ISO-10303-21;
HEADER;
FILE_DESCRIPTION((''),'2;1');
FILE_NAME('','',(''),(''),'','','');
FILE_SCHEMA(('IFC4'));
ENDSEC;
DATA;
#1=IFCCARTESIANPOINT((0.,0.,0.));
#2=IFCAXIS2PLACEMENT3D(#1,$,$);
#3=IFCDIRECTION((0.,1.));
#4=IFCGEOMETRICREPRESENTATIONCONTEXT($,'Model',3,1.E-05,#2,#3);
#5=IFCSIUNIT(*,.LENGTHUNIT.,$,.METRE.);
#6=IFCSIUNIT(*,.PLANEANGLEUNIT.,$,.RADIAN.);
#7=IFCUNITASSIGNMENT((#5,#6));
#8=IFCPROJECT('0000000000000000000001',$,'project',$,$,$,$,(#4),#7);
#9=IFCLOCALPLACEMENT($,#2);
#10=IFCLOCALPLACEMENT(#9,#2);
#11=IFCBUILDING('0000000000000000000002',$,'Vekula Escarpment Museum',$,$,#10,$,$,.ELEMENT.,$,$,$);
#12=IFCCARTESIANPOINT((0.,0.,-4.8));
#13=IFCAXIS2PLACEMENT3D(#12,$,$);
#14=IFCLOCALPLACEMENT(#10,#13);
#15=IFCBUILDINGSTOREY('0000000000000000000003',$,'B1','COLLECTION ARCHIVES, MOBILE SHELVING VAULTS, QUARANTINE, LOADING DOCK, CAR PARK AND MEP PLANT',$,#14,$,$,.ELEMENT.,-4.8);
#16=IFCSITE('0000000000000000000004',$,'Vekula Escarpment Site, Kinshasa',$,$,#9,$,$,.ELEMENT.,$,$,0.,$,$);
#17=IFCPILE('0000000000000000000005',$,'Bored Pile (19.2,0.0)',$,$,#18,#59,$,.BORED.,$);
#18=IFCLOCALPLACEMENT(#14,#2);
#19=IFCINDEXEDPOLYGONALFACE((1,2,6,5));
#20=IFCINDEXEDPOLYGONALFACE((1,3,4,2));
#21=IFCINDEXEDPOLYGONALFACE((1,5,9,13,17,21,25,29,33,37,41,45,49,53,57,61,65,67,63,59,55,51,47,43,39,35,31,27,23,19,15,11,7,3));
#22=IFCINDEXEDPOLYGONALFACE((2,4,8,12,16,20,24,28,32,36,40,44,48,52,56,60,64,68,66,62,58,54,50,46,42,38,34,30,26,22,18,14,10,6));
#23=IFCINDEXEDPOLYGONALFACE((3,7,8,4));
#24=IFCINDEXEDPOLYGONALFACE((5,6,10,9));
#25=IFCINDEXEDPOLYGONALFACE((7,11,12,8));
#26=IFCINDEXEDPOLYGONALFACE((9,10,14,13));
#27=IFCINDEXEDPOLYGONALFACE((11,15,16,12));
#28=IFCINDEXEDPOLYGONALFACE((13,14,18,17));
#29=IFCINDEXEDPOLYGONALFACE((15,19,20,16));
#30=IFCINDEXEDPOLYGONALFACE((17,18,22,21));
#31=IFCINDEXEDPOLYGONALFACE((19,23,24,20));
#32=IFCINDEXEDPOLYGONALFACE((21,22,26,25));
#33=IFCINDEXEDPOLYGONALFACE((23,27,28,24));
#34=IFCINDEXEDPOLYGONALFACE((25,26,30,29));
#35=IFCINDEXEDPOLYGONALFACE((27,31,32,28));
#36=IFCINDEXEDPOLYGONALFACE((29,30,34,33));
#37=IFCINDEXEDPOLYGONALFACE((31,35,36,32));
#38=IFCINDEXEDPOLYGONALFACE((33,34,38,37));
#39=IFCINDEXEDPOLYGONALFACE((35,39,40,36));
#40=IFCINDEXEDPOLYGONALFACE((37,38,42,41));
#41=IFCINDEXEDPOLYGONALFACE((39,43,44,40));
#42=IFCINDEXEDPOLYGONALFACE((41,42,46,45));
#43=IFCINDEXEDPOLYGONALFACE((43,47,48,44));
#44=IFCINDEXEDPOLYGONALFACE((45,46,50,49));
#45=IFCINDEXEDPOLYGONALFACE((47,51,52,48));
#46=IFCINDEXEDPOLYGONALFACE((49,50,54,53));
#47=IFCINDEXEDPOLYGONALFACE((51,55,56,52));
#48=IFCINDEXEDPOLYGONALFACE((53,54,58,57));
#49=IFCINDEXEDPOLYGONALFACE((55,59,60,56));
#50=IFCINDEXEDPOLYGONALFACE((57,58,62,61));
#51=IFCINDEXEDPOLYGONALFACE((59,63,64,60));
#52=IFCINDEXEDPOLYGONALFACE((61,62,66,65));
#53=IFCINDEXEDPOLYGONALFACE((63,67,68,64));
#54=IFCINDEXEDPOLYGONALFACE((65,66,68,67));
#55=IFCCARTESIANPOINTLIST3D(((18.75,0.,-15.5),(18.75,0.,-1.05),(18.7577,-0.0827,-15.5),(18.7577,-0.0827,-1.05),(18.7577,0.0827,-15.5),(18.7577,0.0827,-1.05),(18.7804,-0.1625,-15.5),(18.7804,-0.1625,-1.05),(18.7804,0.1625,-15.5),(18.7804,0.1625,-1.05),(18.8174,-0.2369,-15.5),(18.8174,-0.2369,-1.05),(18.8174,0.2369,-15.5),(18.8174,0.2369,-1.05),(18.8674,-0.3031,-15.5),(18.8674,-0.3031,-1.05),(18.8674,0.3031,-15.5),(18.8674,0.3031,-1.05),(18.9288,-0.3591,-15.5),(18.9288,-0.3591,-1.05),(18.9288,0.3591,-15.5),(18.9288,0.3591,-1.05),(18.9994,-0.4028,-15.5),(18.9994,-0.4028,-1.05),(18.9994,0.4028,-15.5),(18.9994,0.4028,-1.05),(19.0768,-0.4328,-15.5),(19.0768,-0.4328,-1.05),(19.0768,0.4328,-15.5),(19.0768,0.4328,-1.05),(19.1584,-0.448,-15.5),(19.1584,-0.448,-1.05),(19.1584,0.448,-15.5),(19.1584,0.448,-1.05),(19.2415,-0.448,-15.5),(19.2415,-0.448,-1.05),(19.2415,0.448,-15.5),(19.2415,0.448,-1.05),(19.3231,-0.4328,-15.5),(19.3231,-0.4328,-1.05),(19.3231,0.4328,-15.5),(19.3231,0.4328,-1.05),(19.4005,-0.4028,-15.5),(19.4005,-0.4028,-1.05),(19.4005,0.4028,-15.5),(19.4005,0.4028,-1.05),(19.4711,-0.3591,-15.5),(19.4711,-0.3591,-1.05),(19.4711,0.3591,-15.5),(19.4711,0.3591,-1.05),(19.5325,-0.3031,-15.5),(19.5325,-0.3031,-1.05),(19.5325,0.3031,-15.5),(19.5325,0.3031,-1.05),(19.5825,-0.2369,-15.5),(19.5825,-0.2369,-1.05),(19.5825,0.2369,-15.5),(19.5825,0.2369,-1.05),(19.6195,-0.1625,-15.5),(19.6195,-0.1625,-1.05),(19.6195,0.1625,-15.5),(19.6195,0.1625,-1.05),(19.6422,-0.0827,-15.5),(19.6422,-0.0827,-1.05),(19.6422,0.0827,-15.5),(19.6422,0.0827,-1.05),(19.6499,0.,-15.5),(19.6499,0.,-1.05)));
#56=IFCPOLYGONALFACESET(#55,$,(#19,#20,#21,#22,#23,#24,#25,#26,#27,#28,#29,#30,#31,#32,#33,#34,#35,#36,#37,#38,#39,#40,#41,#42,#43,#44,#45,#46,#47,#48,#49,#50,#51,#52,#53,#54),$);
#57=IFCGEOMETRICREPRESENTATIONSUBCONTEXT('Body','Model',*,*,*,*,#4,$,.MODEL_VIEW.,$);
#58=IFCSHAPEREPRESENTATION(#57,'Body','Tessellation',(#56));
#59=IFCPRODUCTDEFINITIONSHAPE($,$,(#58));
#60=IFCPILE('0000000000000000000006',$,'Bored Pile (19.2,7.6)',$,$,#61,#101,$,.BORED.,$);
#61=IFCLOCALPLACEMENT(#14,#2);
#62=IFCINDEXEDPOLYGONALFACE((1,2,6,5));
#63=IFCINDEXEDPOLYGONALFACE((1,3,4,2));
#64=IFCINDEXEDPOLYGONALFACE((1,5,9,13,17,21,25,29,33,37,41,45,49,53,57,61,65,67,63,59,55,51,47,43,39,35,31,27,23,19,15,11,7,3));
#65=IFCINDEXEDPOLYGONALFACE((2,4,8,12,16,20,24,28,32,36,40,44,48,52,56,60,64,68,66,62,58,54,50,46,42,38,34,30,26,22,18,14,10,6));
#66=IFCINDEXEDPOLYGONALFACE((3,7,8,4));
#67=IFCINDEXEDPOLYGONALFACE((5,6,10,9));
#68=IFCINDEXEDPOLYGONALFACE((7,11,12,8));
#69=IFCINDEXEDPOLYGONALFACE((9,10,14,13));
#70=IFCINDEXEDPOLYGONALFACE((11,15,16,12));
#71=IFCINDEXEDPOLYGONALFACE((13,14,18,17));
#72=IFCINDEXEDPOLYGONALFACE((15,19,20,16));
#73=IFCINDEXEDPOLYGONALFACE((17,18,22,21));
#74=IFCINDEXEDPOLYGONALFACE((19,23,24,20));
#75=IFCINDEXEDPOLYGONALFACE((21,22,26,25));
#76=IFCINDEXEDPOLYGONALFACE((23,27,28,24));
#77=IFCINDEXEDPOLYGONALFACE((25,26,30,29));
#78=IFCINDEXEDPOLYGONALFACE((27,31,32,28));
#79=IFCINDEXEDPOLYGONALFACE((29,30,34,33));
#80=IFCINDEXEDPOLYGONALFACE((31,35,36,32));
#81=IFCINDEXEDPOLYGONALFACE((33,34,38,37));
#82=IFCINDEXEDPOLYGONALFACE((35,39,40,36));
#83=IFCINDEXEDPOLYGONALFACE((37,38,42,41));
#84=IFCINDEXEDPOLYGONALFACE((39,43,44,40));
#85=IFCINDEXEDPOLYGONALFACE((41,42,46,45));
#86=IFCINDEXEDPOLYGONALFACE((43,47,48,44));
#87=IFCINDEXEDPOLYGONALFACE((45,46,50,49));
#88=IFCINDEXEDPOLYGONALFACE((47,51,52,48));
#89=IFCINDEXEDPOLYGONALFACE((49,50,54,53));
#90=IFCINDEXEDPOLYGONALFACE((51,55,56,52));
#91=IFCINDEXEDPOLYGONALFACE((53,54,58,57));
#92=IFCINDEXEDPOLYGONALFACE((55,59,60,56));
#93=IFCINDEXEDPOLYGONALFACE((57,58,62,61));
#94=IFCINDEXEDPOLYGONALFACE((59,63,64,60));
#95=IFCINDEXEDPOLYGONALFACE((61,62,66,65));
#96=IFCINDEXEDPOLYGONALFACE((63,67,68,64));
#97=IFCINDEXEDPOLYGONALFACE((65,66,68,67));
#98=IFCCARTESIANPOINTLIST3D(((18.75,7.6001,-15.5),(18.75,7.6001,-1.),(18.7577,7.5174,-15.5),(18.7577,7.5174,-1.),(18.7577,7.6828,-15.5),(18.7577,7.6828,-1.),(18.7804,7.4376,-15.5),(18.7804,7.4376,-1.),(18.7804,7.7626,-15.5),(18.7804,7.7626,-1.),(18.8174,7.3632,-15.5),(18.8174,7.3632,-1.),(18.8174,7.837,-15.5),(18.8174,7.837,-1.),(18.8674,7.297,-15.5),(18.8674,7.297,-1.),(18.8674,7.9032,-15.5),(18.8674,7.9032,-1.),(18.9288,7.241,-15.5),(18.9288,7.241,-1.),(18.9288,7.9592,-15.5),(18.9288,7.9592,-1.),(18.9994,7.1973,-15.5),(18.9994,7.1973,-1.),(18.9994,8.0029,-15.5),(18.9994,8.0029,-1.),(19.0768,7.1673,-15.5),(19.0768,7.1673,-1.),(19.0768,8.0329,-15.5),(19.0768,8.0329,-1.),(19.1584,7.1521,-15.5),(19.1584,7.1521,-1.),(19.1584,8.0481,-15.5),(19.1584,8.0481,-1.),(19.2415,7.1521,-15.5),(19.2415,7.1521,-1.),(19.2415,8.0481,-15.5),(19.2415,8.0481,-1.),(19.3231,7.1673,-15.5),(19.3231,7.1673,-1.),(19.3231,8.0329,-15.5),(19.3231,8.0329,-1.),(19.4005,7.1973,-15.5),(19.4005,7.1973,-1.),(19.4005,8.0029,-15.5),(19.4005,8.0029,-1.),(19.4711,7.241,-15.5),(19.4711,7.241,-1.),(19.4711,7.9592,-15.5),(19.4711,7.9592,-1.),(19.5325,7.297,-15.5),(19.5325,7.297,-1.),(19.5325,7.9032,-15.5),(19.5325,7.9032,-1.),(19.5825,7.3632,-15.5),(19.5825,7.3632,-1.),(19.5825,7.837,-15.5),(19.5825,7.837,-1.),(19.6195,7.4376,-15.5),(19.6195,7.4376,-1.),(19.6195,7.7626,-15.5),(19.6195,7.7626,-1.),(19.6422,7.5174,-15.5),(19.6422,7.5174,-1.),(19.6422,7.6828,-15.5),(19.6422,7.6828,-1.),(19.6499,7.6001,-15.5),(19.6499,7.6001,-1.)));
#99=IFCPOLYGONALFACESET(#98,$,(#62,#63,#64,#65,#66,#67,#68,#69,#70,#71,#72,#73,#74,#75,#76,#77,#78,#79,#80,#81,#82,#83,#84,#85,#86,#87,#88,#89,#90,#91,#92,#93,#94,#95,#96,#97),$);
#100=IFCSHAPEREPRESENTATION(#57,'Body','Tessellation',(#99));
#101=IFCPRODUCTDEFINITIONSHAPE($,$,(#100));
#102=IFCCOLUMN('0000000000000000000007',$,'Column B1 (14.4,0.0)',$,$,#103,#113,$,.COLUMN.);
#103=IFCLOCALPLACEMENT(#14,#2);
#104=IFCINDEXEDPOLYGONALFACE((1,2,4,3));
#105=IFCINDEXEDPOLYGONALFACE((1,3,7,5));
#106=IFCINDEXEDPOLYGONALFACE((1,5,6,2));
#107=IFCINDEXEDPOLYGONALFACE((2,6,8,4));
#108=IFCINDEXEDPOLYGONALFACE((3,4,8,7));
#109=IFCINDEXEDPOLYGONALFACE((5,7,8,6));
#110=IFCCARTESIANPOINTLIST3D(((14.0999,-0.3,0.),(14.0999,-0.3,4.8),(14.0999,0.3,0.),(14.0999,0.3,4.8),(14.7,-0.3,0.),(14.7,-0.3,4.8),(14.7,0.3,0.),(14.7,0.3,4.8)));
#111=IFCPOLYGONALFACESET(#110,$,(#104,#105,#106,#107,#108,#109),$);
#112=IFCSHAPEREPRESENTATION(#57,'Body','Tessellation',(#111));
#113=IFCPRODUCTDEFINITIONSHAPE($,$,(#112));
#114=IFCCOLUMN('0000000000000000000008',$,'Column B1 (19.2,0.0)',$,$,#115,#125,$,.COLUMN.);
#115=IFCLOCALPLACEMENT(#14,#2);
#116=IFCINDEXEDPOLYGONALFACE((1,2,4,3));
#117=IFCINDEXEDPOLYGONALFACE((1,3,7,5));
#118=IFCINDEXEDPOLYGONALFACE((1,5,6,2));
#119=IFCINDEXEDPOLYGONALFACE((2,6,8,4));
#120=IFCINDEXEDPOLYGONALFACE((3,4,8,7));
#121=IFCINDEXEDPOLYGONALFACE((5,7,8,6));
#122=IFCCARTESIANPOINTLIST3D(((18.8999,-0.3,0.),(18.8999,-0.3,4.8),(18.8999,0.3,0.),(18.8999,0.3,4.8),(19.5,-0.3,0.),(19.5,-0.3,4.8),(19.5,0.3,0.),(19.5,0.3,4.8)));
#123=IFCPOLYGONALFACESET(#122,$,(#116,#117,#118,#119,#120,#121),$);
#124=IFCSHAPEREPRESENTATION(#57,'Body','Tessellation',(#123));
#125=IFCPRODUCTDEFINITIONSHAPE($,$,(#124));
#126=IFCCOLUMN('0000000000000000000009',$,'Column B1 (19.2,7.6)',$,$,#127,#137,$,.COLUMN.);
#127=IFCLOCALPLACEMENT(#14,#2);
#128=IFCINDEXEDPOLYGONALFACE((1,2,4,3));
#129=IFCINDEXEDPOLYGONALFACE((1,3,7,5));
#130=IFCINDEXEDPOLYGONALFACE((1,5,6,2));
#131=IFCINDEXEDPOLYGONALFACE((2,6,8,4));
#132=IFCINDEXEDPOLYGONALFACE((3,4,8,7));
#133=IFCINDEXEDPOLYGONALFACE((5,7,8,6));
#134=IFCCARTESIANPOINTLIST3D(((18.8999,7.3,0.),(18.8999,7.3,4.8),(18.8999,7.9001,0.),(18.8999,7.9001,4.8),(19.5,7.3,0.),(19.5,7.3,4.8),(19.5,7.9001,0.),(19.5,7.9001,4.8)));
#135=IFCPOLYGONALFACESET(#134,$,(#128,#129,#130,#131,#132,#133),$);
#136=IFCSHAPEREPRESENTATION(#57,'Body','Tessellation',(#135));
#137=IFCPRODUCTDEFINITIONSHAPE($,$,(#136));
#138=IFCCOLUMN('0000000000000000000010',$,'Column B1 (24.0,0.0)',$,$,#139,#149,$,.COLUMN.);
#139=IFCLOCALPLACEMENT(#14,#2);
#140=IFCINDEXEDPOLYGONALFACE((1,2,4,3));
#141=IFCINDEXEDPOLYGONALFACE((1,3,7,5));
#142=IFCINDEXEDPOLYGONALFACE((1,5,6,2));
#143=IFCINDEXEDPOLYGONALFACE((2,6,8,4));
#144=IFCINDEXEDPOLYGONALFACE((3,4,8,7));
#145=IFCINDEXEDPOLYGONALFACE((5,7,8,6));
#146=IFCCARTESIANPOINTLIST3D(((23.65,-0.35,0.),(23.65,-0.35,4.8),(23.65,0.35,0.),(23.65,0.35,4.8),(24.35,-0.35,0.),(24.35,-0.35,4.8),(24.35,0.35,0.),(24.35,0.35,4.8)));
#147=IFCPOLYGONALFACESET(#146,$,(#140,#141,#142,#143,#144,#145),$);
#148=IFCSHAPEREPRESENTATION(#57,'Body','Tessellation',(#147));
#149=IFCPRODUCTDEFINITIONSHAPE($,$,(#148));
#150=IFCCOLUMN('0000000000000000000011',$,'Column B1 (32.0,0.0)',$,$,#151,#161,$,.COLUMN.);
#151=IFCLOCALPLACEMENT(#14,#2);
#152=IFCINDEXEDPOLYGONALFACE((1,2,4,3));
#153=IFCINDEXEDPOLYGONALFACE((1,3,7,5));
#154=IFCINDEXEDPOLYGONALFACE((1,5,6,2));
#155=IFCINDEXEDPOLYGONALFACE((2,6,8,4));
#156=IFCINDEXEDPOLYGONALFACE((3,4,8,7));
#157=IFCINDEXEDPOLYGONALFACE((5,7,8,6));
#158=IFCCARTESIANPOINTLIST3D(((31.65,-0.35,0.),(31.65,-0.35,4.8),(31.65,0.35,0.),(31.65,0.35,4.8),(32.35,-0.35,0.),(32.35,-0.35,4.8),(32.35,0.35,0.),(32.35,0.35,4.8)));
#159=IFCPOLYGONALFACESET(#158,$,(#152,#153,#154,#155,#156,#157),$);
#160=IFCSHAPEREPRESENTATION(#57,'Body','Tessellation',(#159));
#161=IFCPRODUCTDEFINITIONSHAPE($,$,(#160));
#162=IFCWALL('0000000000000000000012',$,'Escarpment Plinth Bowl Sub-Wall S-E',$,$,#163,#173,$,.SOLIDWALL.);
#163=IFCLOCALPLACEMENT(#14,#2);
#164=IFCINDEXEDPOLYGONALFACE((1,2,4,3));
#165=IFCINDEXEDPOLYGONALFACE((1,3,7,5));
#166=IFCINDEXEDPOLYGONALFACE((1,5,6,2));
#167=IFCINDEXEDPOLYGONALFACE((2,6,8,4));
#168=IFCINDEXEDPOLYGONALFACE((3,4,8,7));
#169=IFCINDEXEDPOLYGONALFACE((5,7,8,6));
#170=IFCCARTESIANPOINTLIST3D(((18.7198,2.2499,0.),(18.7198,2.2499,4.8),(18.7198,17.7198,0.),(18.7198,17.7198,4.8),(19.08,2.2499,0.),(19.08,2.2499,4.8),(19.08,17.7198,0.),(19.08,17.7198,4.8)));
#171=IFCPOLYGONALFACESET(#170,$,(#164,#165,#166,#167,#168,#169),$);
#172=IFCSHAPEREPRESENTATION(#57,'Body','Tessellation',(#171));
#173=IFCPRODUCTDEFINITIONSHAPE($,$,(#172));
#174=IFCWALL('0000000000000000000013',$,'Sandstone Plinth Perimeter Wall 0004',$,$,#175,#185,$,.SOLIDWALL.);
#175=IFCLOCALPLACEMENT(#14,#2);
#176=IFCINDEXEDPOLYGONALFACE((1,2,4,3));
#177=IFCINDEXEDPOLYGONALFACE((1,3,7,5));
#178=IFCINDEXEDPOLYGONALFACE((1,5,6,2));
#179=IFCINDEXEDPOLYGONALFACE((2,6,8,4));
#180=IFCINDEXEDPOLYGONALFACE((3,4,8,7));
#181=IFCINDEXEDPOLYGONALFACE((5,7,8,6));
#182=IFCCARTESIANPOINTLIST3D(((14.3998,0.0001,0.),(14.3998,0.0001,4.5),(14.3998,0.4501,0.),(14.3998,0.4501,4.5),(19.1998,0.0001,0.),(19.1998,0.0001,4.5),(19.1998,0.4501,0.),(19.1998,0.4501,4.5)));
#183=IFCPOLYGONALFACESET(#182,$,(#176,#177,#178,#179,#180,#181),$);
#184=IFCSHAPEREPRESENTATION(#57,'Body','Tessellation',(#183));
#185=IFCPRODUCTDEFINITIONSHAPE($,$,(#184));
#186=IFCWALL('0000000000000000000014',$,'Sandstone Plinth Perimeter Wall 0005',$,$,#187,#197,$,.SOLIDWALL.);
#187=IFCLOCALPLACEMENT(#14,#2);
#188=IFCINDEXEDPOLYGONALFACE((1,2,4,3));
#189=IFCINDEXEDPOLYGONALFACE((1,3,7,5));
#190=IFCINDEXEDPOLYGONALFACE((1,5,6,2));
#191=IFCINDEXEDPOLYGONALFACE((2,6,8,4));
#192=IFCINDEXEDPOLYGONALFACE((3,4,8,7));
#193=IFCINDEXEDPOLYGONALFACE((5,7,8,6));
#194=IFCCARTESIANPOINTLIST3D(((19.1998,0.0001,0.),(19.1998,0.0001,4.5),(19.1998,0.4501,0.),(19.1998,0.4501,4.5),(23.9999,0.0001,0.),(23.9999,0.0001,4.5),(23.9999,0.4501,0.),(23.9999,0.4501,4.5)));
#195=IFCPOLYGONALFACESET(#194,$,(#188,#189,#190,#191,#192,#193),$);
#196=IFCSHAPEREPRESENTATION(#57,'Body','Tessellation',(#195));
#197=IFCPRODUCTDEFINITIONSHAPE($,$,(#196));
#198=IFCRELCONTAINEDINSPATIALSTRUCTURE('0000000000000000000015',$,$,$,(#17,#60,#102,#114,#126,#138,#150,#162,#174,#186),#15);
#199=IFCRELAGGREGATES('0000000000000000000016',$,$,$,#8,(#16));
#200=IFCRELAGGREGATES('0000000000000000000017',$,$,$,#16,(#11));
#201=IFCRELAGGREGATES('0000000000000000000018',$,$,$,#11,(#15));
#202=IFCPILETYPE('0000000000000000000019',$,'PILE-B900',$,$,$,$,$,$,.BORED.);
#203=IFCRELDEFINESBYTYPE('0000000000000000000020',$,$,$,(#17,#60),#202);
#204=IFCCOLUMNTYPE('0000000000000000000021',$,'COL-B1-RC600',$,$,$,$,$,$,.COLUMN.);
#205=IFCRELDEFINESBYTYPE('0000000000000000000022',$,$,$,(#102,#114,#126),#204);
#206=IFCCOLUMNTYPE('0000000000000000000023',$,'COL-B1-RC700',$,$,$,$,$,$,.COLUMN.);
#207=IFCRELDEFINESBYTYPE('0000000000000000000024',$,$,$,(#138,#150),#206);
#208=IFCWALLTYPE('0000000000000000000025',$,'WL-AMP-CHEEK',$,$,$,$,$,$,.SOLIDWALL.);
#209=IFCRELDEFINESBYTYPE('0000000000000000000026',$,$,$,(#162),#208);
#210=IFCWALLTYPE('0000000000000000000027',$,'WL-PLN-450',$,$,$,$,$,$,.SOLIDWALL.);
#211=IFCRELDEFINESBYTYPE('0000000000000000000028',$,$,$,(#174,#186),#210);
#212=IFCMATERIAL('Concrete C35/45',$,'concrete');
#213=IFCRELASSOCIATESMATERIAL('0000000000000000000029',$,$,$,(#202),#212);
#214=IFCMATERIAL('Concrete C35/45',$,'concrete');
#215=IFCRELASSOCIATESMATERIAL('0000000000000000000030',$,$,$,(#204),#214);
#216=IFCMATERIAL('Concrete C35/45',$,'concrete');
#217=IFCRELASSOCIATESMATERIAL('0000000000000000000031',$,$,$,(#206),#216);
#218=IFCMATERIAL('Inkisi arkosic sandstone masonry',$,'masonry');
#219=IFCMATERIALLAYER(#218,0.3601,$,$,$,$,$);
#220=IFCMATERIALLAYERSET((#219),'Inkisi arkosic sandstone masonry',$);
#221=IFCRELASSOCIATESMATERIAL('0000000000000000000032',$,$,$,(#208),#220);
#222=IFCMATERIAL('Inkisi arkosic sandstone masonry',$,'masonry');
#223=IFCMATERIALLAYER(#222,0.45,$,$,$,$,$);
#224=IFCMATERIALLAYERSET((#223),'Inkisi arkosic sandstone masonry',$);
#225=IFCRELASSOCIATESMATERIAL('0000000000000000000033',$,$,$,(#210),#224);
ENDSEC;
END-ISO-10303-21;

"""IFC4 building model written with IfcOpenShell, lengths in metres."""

from ifc_helpers import new_model, si_unit, direction, frame, frame_2d, origin, origin_2d, place, context, subcontext, project, spatial, rectangle, circle, extrude, material, layer, layer_set, material_profile, profile_set, type_object, element, save


model = new_model("IFC4")

# Units and contexts
model_context = context("Model", 3, precision=1e-05, world=origin(), true_north=direction((0.0, 1.0)))
body_context = subcontext(model_context, "Body", "Model", "MODEL_VIEW")
ifc_project = project(units=[si_unit("LENGTHUNIT", "METRE"), si_unit("PLANEANGLEUNIT", "RADIAN")], contexts=[model_context])

# Site, building, storey
site_placement = place(None, origin())
site = spatial("IfcSite", under=ifc_project, at=site_placement, Name="Vekula Escarpment Site, Kinshasa", CompositionType="ELEMENT", RefElevation=0.0)
building_placement = place(site_placement, origin())
building = spatial("IfcBuilding", under=site, at=building_placement, Name="Vekula Escarpment Museum", CompositionType="ELEMENT")
storey_placement = place(building_placement, frame((0.0, 0.0, -4.8)))
storey = spatial("IfcBuildingStorey", under=building, at=storey_placement, Name="B1", Description="COLLECTION ARCHIVES, MOBILE SHELVING VAULTS, QUARANTINE, LOADING DOCK, CAR PARK AND MEP PLANT", CompositionType="ELEMENT", Elevation=-4.8)

# Piles
ifc_material_1 = material(Name="Concrete C35/45", Category="concrete")
ifc_material_profile_1 = material_profile(ifc_material_1, circle(Radius=0.45, at=origin_2d()), Name="BORED PILE 900")
ifc_profile_set_1 = profile_set([ifc_material_profile_1], Name="Concrete C35/45")
pile_type = type_object("IfcPileType", Name="PILE-B900", PredefinedType="BORED", material=ifc_profile_set_1)
pile_1_placement = place(storey_placement, frame((19.2, 0.0, -1.05), z_axis=(0.0, 0.0, -1.0), x_axis=(1.0, 0.0, 0.0)))
element("IfcPile", 1, at=pile_1_placement, inside=storey, type_object=pile_type, Name="Bored Pile (19.2,0.0)", PredefinedType="BORED", context=body_context, shape_type="SweptSolid", body=[
    extrude(circle(Radius=0.45, at=origin_2d()), origin(), (0.0, 0.0, 1.0), 14.45),
])
pile_2_placement = place(storey_placement, frame((19.2, 7.6001, -1.0), z_axis=(0.0, 0.0, -1.0), x_axis=(1.0, 0.0, 0.0)))
element("IfcPile", 2, at=pile_2_placement, inside=storey, type_object=pile_type, Name="Bored Pile (19.2,7.6)", PredefinedType="BORED", context=body_context, shape_type="SweptSolid", body=[
    extrude(circle(Radius=0.45, at=origin_2d()), origin(), (0.0, 0.0, 1.0), 14.5),
])

# Columns
ifc_material_2 = material(Name="Concrete C35/45", Category="concrete")
ifc_material_profile_2 = material_profile(ifc_material_2, rectangle(XDim=0.6001, YDim=0.6001, at=origin_2d()), Name="RC 600x600")
ifc_profile_set_2 = profile_set([ifc_material_profile_2], Name="Concrete C35/45")
column_type_1 = type_object("IfcColumnType", Name="COL-B1-RC600", PredefinedType="COLUMN", material=ifc_profile_set_2)
for number, where, z_axis, x_axis, name in (
    (3, (14.3999, 0.0, 0.0), (0.0, 0.0, 1.0), (1.0, 0.0, 0.0), "Column B1 (14.4,0.0)"),
    (4, (19.2, 0.0, 0.0), (0.0, 0.0, 1.0), (1.0, 0.0, 0.0), "Column B1 (19.2,0.0)"),
    (5, (19.2, 7.6001, 0.0), (0.0, 0.0, 1.0), (1.0, 0.0, 0.0), "Column B1 (19.2,7.6)"),
):
    element("IfcColumn", number, at=place(storey_placement, frame(where, z_axis=z_axis, x_axis=x_axis)), inside=storey, type_object=column_type_1, Name=name, PredefinedType="COLUMN", context=body_context, shape_type="SweptSolid", body=[
        extrude(rectangle(XDim=0.6001, YDim=0.6001, at=origin_2d()), origin(), (0.0, 0.0, 1.0), 4.8),
    ])
ifc_material_3 = material(Name="Concrete C35/45", Category="concrete")
ifc_material_profile_3 = material_profile(ifc_material_3, rectangle(XDim=0.7, YDim=0.7, at=origin_2d()), Name="RC 700x700")
ifc_profile_set_3 = profile_set([ifc_material_profile_3], Name="Concrete C35/45")
column_type_2 = type_object("IfcColumnType", Name="COL-B1-RC700", PredefinedType="COLUMN", material=ifc_profile_set_3)
for number, where, z_axis, x_axis, name in (
    (6, (24.0, 0.0, 0.0), (0.0, 0.0, 1.0), (1.0, 0.0, 0.0), "Column B1 (24.0,0.0)"),
    (7, (32.0, 0.0, 0.0), (0.0, 0.0, 1.0), (1.0, 0.0, 0.0), "Column B1 (32.0,0.0)"),
):
    element("IfcColumn", number, at=place(storey_placement, frame(where, z_axis=z_axis, x_axis=x_axis)), inside=storey, type_object=column_type_2, Name=name, PredefinedType="COLUMN", context=body_context, shape_type="SweptSolid", body=[
        extrude(rectangle(XDim=0.7, YDim=0.7, at=origin_2d()), origin(), (0.0, 0.0, 1.0), 4.8),
    ])

# Walls
ifc_material_4 = material(Name="Inkisi arkosic sandstone masonry", Category="masonry")
ifc_layer_1 = layer(ifc_material_4, 0.3601)
ifc_layer_set_1 = layer_set([ifc_layer_1], Name="Inkisi arkosic sandstone masonry")
wall_type_1 = type_object("IfcWallType", Name="WL-AMP-CHEEK", PredefinedType="SOLIDWALL", material=ifc_layer_set_1)
wall_placement = place(storey_placement, frame((18.8999, 2.25, 0.0), z_axis=(0.0, 0.0, 1.0), x_axis=(0.0, 1.0, 0.0)))
element("IfcWall", 8, at=wall_placement, inside=storey, type_object=wall_type_1, Name="Escarpment Plinth Bowl Sub-Wall S-E", PredefinedType="SOLIDWALL", context=body_context, shape_type="SweptSolid", body=[
    extrude(rectangle(XDim=15.47, YDim=0.3601, at=frame_2d((7.7349, 0.0))), origin(), (0.0, 0.0, 1.0), 4.8),
])
ifc_material_5 = material(Name="Inkisi arkosic sandstone masonry", Category="masonry")
ifc_layer_2 = layer(ifc_material_5, 0.45)
ifc_layer_set_2 = layer_set([ifc_layer_2], Name="Inkisi arkosic sandstone masonry")
wall_type_2 = type_object("IfcWallType", Name="WL-PLN-450", PredefinedType="SOLIDWALL", material=ifc_layer_set_2)
for number, where, z_axis, x_axis, name in (
    (9, (14.3999, 0.2251, 0.0), (0.0, 0.0, 1.0), (1.0, 0.0, 0.0), "Sandstone Plinth Perimeter Wall 0004"),
    (10, (19.2, 0.2251, 0.0), (0.0, 0.0, 1.0), (1.0, 0.0, 0.0), "Sandstone Plinth Perimeter Wall 0005"),
):
    element("IfcWall", number, at=place(storey_placement, frame(where, z_axis=z_axis, x_axis=x_axis)), inside=storey, type_object=wall_type_2, Name=name, PredefinedType="SOLIDWALL", context=body_context, shape_type="SweptSolid", body=[
        extrude(rectangle(XDim=4.8, YDim=0.45, at=frame_2d((2.3999, 0.0))), origin(), (0.0, 0.0, 1.0), 4.5),
    ])

save(model, "model.ifc")
